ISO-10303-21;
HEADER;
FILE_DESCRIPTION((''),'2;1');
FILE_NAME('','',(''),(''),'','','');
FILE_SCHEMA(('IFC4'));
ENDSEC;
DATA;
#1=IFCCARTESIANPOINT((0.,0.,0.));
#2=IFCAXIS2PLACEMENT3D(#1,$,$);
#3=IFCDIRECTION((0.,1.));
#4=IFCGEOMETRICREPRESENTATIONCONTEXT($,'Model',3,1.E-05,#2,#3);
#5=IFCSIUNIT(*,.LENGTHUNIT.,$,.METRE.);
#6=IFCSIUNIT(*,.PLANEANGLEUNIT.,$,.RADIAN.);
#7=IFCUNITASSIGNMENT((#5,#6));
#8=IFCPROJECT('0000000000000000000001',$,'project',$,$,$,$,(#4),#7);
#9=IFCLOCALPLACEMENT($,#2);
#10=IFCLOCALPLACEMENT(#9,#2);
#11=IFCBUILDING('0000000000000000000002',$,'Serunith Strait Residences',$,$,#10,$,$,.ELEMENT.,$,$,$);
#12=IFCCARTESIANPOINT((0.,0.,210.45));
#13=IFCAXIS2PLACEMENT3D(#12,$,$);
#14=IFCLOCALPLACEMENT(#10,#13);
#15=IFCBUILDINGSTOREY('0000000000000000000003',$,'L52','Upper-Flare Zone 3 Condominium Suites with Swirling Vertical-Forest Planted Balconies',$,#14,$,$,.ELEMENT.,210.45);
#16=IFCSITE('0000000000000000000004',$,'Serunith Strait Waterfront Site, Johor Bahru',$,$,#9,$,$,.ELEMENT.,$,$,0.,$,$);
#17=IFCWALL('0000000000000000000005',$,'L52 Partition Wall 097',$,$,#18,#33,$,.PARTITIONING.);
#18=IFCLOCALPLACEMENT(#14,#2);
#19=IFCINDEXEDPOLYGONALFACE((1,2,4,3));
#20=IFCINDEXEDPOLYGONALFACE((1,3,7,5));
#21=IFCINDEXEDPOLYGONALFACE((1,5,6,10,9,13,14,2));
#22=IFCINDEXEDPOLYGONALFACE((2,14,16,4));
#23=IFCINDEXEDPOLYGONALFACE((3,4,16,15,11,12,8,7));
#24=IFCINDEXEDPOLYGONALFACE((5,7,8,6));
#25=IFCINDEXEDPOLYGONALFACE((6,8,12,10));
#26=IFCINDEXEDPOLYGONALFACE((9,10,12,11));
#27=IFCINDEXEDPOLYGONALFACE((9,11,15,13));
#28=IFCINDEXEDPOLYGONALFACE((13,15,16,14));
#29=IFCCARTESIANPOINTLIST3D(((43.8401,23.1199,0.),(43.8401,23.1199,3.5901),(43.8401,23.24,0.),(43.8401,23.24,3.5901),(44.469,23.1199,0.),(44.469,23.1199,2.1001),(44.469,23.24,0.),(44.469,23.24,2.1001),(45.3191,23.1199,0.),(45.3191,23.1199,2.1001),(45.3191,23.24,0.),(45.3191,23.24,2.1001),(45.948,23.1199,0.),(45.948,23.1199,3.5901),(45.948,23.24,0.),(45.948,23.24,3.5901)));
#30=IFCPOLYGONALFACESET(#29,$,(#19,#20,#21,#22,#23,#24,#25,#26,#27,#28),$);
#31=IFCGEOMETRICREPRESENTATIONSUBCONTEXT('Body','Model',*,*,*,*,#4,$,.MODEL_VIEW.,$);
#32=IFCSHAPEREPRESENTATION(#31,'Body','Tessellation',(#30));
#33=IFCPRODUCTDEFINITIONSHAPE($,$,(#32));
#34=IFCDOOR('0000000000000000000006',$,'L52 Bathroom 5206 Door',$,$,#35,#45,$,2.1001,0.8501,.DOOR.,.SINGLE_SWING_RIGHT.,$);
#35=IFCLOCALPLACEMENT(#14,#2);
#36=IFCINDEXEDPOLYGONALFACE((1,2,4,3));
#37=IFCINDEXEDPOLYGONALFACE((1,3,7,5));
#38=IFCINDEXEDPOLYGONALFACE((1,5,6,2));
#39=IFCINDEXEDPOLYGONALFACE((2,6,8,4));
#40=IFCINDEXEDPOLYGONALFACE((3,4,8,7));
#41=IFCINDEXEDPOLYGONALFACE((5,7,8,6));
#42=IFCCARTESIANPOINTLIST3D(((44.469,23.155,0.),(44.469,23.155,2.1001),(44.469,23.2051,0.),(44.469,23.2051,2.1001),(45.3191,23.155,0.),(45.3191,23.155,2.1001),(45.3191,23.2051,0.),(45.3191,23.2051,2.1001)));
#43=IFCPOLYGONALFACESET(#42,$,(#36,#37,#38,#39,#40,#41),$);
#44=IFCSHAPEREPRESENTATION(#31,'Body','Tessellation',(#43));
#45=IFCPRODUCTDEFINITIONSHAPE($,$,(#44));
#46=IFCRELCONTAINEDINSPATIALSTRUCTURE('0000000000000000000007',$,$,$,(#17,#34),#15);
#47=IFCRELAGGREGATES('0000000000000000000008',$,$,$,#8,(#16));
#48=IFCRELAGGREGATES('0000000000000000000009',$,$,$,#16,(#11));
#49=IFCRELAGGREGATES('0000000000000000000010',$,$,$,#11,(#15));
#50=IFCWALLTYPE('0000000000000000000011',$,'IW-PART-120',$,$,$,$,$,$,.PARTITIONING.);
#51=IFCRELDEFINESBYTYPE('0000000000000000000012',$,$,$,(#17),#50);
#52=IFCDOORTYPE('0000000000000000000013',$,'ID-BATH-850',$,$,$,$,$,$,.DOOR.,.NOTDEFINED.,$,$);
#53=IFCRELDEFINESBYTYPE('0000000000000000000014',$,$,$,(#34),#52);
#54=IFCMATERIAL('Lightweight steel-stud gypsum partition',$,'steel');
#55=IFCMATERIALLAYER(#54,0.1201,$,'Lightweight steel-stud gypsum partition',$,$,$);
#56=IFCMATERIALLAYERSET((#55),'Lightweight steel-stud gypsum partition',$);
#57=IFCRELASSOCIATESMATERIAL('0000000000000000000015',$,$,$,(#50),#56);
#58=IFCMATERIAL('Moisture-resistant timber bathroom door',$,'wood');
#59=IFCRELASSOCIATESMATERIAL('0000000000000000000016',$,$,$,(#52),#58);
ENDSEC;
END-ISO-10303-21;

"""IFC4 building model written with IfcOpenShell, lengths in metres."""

from ifc_helpers import new_model, si_unit, direction, frame, frame_2d, origin, place, context, subcontext, project, spatial, rectangle, extrude, source, transform, mapped, material, layer, layer_set, type_object, element, fill, save


model = new_model("IFC4")

# Units and contexts
model_context = context("Model", 3, precision=1e-05, world=origin(), true_north=direction((0.0, 1.0)))
body_context = subcontext(model_context, "Body", "Model", "MODEL_VIEW")
ifc_project = project(units=[si_unit("LENGTHUNIT", "METRE"), si_unit("PLANEANGLEUNIT", "RADIAN")], contexts=[model_context])

# Site, building, storey
site_placement = place(None, origin())
site = spatial("IfcSite", under=ifc_project, at=site_placement, Name="Serunith Strait Waterfront Site, Johor Bahru", CompositionType="ELEMENT", RefElevation=0.0)
building_placement = place(site_placement, origin())
building = spatial("IfcBuilding", under=site, at=building_placement, Name="Serunith Strait Residences", CompositionType="ELEMENT")
storey_placement = place(building_placement, frame((0.0, 0.0, 210.45)))
storey = spatial("IfcBuildingStorey", under=building, at=storey_placement, Name="L52", Description="Upper-Flare Zone 3 Condominium Suites with Swirling Vertical-Forest Planted Balconies", CompositionType="ELEMENT", Elevation=210.45)

# Shared definitions
ifc_material_1 = material(Name="Lightweight steel-stud gypsum partition", Category="steel")
ifc_layer_1 = layer(ifc_material_1, 0.1201, Name="Lightweight steel-stud gypsum partition")
ifc_layer_set_1 = layer_set([ifc_layer_1], Name="Lightweight steel-stud gypsum partition")
wall_type = type_object("IfcWallType", Name="IW-PART-120", PredefinedType="PARTITIONING", material=ifc_layer_set_1)

# Shared definitions
ifc_material_2 = material(Name="Moisture-resistant timber bathroom door", Category="wood")
door_type_1 = type_object("IfcDoorType", Name="ID-BATH-850", OperationType="NOTDEFINED", PredefinedType="DOOR", material=ifc_material_2)
shared_shape_1 = source(origin(), body_context, "Body", "SweptSolid", [
    extrude(rectangle(XDim=0.8501, YDim=2.1001, at=frame_2d((0.425, 1.05))), frame((0.0, 0.0249, 0.0), z_axis=(0.0, -1.0, 0.0), x_axis=(1.0, 0.0, 0.0)), (0.0, 0.0, 1.0), 0.05),
])

# Wall, opening, door
wall_1_placement = place(storey_placement, frame((45.948, 23.1799, 0.0), z_axis=(0.0, 0.0, 1.0), x_axis=(-1.0, 0.0, 0.0)))
wall_1 = element("IfcWall", 1, at=wall_1_placement, inside=storey, type_object=wall_type, Name="L52 Partition Wall 097", PredefinedType="PARTITIONING", context=body_context, shape_type="SweptSolid", body=[
    extrude(rectangle(XDim=2.1079, YDim=0.1201, at=frame_2d((1.054, 0.0))), origin(), (0.0, 0.0, 1.0), 3.5901),
])
opening_1_placement = place(wall_1_placement, frame((0.6289, 0.0, 0.0)))
opening_1 = element("IfcOpeningElement", 2, at=opening_1_placement, cuts=wall_1, PredefinedType="OPENING", context=body_context, shape_type="SweptSolid", body=[
    extrude(rectangle(XDim=0.8501, YDim=2.1001, at=frame_2d((0.425, 1.05))), frame((0.0, 0.0701, 0.0), z_axis=(0.0, -1.0, 0.0), x_axis=(1.0, 0.0, 0.0)), (0.0, 0.0, 1.0), 0.1401),
])
door_1_placement = place(opening_1_placement, origin())
door_1 = element("IfcDoor", 3, at=door_1_placement, inside=storey, type_object=door_type_1, Name="L52 Bathroom 5206 Door", OperationType="SINGLE_SWING_RIGHT", OverallHeight=2.1001, OverallWidth=0.8501, PredefinedType="DOOR", context=body_context, shape_type="MappedRepresentation", body=[
    mapped(shared_shape_1, transform((0.0, 0.0, 0.0), scale=1.0)),
])
fill(opening_1, door_1)

save(model, "model.ifc")
